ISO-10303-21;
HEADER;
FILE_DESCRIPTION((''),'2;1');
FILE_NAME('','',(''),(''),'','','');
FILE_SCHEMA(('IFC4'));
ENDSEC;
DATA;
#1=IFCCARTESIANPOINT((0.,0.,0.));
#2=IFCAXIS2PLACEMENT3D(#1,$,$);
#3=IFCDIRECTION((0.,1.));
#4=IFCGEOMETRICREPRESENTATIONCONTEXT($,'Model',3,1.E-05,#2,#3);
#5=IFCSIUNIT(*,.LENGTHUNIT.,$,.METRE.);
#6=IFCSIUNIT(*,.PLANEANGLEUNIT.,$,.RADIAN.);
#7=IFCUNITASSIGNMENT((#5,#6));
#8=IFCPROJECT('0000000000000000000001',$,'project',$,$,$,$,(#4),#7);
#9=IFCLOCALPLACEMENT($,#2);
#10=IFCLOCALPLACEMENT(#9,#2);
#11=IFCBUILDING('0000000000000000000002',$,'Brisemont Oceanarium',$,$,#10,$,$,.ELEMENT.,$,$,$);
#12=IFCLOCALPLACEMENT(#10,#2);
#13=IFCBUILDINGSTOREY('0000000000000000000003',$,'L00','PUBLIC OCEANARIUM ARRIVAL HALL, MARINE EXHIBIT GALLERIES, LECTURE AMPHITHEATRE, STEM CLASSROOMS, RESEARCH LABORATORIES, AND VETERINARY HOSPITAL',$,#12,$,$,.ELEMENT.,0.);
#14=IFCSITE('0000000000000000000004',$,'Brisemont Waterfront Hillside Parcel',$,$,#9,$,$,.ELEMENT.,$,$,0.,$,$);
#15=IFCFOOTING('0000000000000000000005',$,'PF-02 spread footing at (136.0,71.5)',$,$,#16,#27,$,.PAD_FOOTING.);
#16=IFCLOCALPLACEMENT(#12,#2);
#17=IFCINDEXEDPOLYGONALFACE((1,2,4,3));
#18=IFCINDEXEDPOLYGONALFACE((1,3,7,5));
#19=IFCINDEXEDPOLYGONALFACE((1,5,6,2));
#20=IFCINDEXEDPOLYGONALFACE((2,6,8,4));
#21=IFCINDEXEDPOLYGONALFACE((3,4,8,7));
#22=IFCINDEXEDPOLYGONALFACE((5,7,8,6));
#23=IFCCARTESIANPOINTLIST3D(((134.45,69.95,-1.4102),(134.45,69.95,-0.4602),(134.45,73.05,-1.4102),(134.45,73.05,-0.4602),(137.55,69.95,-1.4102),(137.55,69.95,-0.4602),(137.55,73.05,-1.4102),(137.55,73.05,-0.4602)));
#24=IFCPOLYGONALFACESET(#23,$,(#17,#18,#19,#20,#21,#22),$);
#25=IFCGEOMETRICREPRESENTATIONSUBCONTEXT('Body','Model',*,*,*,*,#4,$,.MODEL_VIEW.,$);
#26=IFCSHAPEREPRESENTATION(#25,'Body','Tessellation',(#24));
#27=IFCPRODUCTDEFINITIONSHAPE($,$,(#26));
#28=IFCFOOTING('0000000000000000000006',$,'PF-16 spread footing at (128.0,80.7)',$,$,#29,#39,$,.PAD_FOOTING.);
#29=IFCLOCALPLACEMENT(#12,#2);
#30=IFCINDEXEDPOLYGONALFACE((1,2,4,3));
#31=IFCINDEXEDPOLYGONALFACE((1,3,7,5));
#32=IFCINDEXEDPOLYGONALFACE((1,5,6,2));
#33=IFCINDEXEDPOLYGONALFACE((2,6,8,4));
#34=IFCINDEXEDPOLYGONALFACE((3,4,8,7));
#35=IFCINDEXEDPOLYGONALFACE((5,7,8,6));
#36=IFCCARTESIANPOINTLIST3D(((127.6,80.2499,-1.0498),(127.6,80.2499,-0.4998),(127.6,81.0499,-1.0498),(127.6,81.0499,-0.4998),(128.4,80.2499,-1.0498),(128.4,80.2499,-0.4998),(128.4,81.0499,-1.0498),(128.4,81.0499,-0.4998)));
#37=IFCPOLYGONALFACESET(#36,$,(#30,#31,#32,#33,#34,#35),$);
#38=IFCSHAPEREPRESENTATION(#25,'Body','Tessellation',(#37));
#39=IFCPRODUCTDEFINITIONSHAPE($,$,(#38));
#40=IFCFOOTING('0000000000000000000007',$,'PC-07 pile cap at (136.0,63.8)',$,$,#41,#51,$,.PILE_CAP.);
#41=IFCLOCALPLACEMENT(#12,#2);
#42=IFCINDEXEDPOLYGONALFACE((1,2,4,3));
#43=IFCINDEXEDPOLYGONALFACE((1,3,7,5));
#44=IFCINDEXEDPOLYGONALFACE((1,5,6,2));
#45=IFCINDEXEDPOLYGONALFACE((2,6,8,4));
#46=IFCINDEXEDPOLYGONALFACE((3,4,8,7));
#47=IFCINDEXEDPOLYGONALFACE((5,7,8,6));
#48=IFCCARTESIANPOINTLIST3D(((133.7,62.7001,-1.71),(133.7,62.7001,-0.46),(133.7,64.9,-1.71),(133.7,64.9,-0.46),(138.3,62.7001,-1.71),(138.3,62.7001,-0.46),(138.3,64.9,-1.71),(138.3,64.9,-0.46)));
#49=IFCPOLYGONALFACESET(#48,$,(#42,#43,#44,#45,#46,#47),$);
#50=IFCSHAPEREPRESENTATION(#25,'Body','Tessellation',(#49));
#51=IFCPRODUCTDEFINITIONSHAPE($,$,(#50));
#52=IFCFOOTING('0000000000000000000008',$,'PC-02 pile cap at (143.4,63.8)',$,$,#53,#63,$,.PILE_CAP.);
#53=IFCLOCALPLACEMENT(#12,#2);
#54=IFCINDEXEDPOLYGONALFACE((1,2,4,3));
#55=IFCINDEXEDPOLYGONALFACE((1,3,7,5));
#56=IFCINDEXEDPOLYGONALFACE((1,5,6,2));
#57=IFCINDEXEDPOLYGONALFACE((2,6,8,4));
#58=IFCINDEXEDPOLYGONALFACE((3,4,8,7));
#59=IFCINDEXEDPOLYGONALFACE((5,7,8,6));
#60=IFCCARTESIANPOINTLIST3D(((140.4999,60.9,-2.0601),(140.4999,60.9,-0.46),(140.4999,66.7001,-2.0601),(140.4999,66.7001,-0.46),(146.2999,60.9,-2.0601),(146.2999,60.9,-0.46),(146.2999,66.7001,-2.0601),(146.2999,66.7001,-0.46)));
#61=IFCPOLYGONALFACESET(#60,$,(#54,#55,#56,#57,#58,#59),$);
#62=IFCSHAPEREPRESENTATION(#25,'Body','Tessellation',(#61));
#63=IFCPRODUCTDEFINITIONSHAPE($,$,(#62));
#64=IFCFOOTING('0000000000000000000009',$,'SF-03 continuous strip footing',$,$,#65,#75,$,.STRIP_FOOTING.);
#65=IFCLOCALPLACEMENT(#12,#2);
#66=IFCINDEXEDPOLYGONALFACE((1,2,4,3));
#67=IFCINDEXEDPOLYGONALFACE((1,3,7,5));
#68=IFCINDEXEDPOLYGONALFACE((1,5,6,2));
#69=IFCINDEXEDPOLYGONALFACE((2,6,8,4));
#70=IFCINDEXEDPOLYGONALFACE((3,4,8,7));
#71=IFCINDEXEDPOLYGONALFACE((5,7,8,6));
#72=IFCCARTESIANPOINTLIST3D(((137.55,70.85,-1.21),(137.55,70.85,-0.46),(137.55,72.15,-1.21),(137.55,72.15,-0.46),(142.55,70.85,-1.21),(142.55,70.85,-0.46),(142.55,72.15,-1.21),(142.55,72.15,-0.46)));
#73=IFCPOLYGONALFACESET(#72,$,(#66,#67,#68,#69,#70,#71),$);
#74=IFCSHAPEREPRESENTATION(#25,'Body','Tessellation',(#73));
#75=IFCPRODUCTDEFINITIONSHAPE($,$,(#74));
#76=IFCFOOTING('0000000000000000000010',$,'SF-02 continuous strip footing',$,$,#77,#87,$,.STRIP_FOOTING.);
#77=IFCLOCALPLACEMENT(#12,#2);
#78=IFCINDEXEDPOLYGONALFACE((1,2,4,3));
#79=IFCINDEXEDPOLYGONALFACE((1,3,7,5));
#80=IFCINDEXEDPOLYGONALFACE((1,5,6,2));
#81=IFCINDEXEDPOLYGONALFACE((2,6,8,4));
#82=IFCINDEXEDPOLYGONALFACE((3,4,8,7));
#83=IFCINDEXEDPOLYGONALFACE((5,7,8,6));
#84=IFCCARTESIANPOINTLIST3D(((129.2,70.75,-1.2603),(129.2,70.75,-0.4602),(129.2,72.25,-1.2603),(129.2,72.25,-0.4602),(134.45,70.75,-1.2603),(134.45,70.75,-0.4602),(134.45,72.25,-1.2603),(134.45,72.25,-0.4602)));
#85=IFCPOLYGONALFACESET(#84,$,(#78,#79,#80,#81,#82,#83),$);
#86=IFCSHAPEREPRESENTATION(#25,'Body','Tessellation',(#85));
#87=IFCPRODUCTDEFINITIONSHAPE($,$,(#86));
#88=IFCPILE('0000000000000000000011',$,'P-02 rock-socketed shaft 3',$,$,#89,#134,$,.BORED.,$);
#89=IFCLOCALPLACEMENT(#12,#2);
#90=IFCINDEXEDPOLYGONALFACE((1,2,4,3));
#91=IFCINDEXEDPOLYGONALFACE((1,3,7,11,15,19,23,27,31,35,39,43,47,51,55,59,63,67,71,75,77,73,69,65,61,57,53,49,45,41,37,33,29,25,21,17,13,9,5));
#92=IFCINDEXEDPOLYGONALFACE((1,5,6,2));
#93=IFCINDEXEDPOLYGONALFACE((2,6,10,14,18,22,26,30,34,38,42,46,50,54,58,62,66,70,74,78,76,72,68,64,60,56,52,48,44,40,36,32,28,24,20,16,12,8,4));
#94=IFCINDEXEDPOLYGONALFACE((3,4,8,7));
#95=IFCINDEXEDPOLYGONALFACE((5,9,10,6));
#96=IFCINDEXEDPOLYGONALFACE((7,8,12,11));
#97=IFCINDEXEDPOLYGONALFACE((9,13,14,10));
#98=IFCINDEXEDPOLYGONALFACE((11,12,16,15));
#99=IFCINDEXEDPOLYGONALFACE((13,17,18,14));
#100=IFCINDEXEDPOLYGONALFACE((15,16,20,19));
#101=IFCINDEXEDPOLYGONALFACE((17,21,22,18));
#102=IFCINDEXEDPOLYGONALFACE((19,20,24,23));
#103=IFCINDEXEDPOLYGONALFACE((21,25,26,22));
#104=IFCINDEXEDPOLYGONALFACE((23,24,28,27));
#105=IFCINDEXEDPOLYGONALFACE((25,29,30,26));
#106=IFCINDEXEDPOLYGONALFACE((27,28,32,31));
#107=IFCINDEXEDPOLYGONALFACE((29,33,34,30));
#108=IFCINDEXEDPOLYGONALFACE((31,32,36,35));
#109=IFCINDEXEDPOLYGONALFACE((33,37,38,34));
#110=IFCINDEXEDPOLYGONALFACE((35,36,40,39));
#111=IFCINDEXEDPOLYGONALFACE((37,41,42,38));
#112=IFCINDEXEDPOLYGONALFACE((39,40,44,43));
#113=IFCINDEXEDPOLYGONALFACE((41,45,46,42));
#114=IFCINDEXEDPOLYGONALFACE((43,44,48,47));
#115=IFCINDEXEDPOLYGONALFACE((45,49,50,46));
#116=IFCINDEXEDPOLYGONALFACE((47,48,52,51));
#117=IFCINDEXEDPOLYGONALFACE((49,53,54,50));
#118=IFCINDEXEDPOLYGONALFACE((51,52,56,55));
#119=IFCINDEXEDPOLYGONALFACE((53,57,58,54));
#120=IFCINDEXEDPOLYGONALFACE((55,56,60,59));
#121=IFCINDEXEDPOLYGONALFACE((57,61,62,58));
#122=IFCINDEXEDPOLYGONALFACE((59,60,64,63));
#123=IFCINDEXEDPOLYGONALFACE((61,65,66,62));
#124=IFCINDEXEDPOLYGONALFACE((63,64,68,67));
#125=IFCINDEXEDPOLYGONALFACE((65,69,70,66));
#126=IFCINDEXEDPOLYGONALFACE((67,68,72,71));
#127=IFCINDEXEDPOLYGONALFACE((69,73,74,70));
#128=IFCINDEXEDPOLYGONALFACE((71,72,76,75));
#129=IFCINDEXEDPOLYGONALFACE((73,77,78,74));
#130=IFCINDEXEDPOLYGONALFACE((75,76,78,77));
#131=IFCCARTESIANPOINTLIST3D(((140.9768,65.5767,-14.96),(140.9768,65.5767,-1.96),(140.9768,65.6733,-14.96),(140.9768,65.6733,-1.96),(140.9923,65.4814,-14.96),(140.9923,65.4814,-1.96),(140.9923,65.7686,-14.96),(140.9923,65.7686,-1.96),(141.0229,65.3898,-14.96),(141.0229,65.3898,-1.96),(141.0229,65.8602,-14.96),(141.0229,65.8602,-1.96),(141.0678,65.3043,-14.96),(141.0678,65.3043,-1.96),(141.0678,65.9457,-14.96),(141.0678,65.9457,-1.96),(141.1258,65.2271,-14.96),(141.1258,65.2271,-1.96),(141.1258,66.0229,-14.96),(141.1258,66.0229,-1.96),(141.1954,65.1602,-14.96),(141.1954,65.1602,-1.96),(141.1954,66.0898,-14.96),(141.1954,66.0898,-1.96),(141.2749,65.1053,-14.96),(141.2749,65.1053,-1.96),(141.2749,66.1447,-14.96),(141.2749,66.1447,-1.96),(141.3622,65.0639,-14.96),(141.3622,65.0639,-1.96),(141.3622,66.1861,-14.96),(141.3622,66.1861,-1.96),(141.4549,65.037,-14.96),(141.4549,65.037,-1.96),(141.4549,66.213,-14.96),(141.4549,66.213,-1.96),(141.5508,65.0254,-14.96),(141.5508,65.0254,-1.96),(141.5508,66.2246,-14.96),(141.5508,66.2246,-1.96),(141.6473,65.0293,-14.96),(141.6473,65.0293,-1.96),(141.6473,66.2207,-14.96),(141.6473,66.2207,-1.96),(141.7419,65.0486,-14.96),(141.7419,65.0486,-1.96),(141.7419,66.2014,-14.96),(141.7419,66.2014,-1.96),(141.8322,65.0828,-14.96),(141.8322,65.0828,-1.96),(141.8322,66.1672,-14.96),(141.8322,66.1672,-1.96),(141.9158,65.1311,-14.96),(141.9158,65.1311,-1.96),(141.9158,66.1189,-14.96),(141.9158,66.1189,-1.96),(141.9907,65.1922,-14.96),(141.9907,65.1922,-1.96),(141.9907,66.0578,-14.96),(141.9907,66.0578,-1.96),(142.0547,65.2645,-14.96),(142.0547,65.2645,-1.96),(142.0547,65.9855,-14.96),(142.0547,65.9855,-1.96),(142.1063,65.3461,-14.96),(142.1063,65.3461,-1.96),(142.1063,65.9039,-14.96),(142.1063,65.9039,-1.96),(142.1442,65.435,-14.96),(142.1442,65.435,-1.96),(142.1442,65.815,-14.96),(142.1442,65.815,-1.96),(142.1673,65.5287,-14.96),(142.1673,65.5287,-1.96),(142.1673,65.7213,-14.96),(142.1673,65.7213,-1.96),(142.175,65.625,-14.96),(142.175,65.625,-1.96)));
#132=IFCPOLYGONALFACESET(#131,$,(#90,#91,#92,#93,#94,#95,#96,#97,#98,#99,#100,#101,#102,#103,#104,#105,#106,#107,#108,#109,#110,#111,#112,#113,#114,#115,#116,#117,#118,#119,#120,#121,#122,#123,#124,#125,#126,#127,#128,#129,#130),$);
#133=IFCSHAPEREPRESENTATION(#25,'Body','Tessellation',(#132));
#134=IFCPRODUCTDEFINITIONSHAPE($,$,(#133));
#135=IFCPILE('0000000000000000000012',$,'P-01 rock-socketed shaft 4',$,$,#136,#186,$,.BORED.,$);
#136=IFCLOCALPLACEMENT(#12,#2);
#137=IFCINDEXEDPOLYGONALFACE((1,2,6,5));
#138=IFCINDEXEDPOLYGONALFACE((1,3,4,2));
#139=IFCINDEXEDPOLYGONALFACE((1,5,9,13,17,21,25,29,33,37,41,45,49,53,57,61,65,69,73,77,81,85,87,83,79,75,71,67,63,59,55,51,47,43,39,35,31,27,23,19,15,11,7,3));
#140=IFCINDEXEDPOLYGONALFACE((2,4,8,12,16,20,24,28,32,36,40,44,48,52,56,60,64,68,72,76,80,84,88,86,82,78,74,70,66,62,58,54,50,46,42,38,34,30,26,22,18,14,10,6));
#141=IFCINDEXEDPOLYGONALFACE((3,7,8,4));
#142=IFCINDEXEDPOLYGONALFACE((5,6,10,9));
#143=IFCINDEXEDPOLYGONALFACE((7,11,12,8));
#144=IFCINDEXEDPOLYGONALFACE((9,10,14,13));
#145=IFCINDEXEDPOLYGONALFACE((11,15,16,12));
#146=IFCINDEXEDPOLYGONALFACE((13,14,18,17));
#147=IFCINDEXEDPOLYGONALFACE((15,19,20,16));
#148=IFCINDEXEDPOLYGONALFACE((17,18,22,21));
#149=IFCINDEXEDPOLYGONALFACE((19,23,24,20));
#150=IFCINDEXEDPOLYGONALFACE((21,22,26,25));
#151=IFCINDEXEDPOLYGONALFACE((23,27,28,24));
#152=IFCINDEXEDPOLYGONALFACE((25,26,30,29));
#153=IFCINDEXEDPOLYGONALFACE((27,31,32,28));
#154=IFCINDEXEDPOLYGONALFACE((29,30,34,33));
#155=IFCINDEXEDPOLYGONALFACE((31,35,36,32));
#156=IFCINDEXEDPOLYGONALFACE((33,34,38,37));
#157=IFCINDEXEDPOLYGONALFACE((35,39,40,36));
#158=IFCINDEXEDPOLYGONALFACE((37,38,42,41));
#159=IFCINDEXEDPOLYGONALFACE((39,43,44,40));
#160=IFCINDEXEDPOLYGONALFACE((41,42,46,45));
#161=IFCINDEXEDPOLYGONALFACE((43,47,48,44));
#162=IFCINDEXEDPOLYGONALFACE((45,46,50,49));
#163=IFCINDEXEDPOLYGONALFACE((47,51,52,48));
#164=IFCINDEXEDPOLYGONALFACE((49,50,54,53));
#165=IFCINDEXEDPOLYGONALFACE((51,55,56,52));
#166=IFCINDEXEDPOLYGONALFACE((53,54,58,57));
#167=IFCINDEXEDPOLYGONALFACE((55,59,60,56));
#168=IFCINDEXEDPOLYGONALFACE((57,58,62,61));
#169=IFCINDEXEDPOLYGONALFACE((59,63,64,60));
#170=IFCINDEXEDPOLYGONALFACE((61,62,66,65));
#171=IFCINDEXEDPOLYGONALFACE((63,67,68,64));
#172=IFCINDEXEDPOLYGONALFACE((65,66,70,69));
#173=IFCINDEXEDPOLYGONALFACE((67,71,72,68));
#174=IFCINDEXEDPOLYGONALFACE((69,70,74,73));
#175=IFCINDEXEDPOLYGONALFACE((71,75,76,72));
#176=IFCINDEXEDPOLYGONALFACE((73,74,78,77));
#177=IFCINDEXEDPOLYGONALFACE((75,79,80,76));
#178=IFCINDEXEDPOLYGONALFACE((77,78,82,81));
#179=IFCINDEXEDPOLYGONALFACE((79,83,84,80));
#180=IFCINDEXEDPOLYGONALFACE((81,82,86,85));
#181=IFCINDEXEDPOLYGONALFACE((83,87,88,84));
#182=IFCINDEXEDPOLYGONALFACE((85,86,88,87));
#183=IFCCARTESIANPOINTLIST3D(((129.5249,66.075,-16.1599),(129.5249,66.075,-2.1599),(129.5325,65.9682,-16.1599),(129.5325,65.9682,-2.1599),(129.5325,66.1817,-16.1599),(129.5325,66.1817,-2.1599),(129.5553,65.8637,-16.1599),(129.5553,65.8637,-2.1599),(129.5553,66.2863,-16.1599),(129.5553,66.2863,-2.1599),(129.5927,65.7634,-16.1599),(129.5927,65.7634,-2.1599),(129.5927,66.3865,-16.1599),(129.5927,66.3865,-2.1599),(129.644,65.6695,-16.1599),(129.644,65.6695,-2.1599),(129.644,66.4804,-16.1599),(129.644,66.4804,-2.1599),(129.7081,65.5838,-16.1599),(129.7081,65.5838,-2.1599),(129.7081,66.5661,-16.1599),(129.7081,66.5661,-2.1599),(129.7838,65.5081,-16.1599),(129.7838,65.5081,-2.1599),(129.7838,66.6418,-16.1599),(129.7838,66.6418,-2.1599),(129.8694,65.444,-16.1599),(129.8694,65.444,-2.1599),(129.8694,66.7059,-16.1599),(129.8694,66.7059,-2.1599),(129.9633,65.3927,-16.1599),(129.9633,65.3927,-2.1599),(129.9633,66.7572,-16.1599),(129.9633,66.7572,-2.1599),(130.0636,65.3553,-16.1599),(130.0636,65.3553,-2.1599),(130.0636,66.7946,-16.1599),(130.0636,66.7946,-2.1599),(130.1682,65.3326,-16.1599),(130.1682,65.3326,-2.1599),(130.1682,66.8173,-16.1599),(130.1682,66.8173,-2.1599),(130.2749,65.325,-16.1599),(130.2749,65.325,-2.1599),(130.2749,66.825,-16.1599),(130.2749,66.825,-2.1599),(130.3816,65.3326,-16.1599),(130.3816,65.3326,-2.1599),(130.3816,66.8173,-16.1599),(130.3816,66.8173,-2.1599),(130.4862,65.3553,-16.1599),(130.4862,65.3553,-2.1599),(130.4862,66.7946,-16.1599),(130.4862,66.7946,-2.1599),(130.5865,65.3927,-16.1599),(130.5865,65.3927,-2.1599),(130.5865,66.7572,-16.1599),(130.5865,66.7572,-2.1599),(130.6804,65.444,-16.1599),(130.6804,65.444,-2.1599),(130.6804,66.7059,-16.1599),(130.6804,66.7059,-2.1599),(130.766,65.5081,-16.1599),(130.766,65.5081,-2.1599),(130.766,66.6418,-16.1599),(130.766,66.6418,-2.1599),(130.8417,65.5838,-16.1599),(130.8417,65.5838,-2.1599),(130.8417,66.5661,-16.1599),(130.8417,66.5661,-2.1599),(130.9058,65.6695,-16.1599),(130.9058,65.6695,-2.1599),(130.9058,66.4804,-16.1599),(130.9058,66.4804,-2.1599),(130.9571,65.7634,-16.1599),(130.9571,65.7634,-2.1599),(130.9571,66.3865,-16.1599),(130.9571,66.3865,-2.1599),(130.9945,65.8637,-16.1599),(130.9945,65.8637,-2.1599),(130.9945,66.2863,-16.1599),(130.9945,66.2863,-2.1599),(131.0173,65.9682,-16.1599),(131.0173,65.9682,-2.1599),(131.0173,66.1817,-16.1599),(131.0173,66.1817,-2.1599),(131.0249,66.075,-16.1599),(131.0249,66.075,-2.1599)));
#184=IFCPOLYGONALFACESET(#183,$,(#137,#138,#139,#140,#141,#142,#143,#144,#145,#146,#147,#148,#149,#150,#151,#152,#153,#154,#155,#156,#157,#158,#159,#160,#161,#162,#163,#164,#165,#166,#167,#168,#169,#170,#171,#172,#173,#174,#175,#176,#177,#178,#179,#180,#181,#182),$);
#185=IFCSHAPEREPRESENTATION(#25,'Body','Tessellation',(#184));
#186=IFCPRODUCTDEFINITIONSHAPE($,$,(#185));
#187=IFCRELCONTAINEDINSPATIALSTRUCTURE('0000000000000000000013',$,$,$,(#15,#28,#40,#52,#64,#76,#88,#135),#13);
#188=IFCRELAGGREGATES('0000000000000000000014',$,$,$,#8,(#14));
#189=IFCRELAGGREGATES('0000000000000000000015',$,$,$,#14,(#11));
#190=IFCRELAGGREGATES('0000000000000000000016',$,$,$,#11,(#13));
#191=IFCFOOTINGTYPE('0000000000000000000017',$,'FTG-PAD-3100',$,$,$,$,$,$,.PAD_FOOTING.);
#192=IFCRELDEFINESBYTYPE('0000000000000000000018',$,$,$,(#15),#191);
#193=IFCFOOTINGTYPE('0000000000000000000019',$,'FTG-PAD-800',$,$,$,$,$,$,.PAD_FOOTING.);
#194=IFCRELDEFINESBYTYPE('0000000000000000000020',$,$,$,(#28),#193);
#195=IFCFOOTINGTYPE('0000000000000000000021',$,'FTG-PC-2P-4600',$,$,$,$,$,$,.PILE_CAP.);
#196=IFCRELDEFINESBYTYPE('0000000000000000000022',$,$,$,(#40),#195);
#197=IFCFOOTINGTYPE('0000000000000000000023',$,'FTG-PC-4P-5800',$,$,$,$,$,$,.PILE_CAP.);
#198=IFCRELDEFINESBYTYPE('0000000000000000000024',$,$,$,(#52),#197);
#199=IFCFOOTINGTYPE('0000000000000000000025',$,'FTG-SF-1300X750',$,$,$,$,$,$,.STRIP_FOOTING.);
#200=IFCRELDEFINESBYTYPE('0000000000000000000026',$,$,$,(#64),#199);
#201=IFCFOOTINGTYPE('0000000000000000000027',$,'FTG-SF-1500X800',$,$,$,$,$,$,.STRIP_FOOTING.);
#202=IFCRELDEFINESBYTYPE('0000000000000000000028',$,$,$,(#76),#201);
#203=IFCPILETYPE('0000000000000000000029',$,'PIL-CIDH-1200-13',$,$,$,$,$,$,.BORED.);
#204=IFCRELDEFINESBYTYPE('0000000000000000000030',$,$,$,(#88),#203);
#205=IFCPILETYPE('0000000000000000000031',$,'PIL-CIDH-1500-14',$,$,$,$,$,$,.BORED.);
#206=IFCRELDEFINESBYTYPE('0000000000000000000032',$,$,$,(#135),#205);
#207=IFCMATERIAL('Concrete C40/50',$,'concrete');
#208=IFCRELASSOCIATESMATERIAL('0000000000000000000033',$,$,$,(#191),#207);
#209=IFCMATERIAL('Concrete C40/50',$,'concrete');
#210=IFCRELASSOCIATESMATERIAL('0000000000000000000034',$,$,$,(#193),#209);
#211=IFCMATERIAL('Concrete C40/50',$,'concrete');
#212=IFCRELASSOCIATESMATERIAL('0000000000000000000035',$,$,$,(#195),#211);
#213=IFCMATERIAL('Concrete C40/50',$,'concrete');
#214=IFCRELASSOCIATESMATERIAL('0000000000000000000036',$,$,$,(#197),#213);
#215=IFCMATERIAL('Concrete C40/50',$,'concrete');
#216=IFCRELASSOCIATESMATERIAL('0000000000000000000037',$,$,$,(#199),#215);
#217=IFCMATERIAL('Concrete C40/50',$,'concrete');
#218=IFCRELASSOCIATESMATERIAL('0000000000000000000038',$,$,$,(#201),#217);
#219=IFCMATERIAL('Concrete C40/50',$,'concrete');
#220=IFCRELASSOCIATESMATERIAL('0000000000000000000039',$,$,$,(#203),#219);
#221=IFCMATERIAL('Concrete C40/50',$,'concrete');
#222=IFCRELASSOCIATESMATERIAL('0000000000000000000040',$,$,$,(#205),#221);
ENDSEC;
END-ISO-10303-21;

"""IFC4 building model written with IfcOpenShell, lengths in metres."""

from ifc_helpers import new_model, si_unit, direction, frame, origin, origin_2d, place, context, subcontext, project, spatial, rectangle, circle, extrude, material, material_profile, profile_set, type_object, element, save


model = new_model("IFC4")

# Units and contexts
model_context = context("Model", 3, precision=1e-05, world=origin(), true_north=direction((0.0, 1.0)))
body_context = subcontext(model_context, "Body", "Model", "MODEL_VIEW")
ifc_project = project(units=[si_unit("LENGTHUNIT", "METRE"), si_unit("PLANEANGLEUNIT", "RADIAN")], contexts=[model_context])

# Site, building, storey
site_placement = place(None, origin())
site = spatial("IfcSite", under=ifc_project, at=site_placement, Name="Brisemont Waterfront Hillside Parcel", CompositionType="ELEMENT", RefElevation=0.0)
building_placement = place(site_placement, origin())
building = spatial("IfcBuilding", under=site, at=building_placement, Name="Brisemont Oceanarium", CompositionType="ELEMENT")
storey_placement = place(building_placement, origin())
storey = spatial("IfcBuildingStorey", under=building, at=storey_placement, Name="L00", Description="PUBLIC OCEANARIUM ARRIVAL HALL, MARINE EXHIBIT GALLERIES, LECTURE AMPHITHEATRE, STEM CLASSROOMS, RESEARCH LABORATORIES, AND VETERINARY HOSPITAL", CompositionType="ELEMENT", Elevation=0.0)

# Footings
ifc_material_1 = material(Name="Concrete C40/50", Category="concrete")
footing_type_1 = type_object("IfcFootingType", Name="FTG-PAD-3100", PredefinedType="PAD_FOOTING", material=ifc_material_1)
footing_1_placement = place(storey_placement, frame((136.0, 71.5, -1.4102), z_axis=(0.0, 0.0, 1.0), x_axis=(1.0, 0.0, 0.0)))
element("IfcFooting", 1, at=footing_1_placement, inside=storey, type_object=footing_type_1, Name="PF-02 spread footing at (136.0,71.5)", PredefinedType="PAD_FOOTING", context=body_context, shape_type="SweptSolid", body=[
    extrude(rectangle(XDim=3.1001, YDim=3.1001, at=origin_2d()), origin(), (0.0, 0.0, 1.0), 0.95),
])
ifc_material_2 = material(Name="Concrete C40/50", Category="concrete")
footing_type_2 = type_object("IfcFootingType", Name="FTG-PAD-800", PredefinedType="PAD_FOOTING", material=ifc_material_2)
footing_2_placement = place(storey_placement, frame((128.0, 80.6499, -1.0498), z_axis=(0.0, 0.0, 1.0), x_axis=(1.0, 0.0, 0.0)))
element("IfcFooting", 2, at=footing_2_placement, inside=storey, type_object=footing_type_2, Name="PF-16 spread footing at (128.0,80.7)", PredefinedType="PAD_FOOTING", context=body_context, shape_type="SweptSolid", body=[
    extrude(rectangle(XDim=0.8, YDim=0.8, at=origin_2d()), origin(), (0.0, 0.0, 1.0), 0.55),
])
ifc_material_3 = material(Name="Concrete C40/50", Category="concrete")
footing_type_3 = type_object("IfcFootingType", Name="FTG-PC-2P-4600", PredefinedType="PILE_CAP", material=ifc_material_3)
footing_3_placement = place(storey_placement, frame((136.0, 63.8, -1.71), z_axis=(0.0, 0.0, 1.0), x_axis=(1.0, 0.0, 0.0)))
element("IfcFooting", 3, at=footing_3_placement, inside=storey, type_object=footing_type_3, Name="PC-07 pile cap at (136.0,63.8)", PredefinedType="PILE_CAP", context=body_context, shape_type="SweptSolid", body=[
    extrude(rectangle(XDim=4.6001, YDim=2.2, at=origin_2d()), origin(), (0.0, 0.0, 1.0), 1.25),
])
ifc_material_4 = material(Name="Concrete C40/50", Category="concrete")
footing_type_4 = type_object("IfcFootingType", Name="FTG-PC-4P-5800", PredefinedType="PILE_CAP", material=ifc_material_4)
footing_4_placement = place(storey_placement, frame((143.3999, 63.8, -2.0601), z_axis=(0.0, 0.0, 1.0), x_axis=(1.0, 0.0, 0.0)))
element("IfcFooting", 4, at=footing_4_placement, inside=storey, type_object=footing_type_4, Name="PC-02 pile cap at (143.4,63.8)", PredefinedType="PILE_CAP", context=body_context, shape_type="SweptSolid", body=[
    extrude(rectangle(XDim=5.8, YDim=5.8, at=origin_2d()), origin(), (0.0, 0.0, 1.0), 1.6001),
])
ifc_material_5 = material(Name="Concrete C40/50", Category="concrete")
footing_type_5 = type_object("IfcFootingType", Name="FTG-SF-1300X750", PredefinedType="STRIP_FOOTING", material=ifc_material_5)
footing_5_placement = place(storey_placement, frame((140.05, 71.5, -1.21), z_axis=(0.0, 0.0, 1.0), x_axis=(1.0, 0.0, 0.0)))
element("IfcFooting", 5, at=footing_5_placement, inside=storey, type_object=footing_type_5, Name="SF-03 continuous strip footing", PredefinedType="STRIP_FOOTING", context=body_context, shape_type="SweptSolid", body=[
    extrude(rectangle(XDim=5.0, YDim=1.3, at=origin_2d()), origin(), (0.0, 0.0, 1.0), 0.75),
])
ifc_material_6 = material(Name="Concrete C40/50", Category="concrete")
footing_type_6 = type_object("IfcFootingType", Name="FTG-SF-1500X800", PredefinedType="STRIP_FOOTING", material=ifc_material_6)
footing_6_placement = place(storey_placement, frame((131.825, 71.5, -1.2603), z_axis=(0.0, 0.0, 1.0), x_axis=(1.0, 0.0, 0.0)))
element("IfcFooting", 6, at=footing_6_placement, inside=storey, type_object=footing_type_6, Name="SF-02 continuous strip footing", PredefinedType="STRIP_FOOTING", context=body_context, shape_type="SweptSolid", body=[
    extrude(rectangle(XDim=5.25, YDim=1.5, at=origin_2d()), origin(), (0.0, 0.0, 1.0), 0.8),
])

# Piles
ifc_material_7 = material(Name="Concrete C40/50", Category="concrete")
ifc_material_profile_1 = material_profile(ifc_material_7, circle(Radius=0.6001, at=origin_2d()), Name="CIDH-D1200")
ifc_profile_set_1 = profile_set([ifc_material_profile_1], Name="Concrete C40/50")
pile_type_1 = type_object("IfcPileType", Name="PIL-CIDH-1200-13", PredefinedType="BORED", material=ifc_profile_set_1)
pile_1_placement = place(storey_placement, frame((141.575, 65.625, -1.96), z_axis=(0.0, 0.0, -1.0), x_axis=(1.0, 0.0, 0.0)))
element("IfcPile", 7, at=pile_1_placement, inside=storey, type_object=pile_type_1, Name="P-02 rock-socketed shaft 3", PredefinedType="BORED", context=body_context, shape_type="SweptSolid", body=[
    extrude(circle(Radius=0.6001, at=origin_2d()), origin(), (0.0, 0.0, 1.0), 13.0),
])
ifc_material_8 = material(Name="Concrete C40/50", Category="concrete")
ifc_material_profile_2 = material_profile(ifc_material_8, circle(Radius=0.75, at=origin_2d()), Name="CIDH-D1500")
ifc_profile_set_2 = profile_set([ifc_material_profile_2], Name="Concrete C40/50")
pile_type_2 = type_object("IfcPileType", Name="PIL-CIDH-1500-14", PredefinedType="BORED", material=ifc_profile_set_2)
pile_2_placement = place(storey_placement, frame((130.2749, 66.075, -2.1599), z_axis=(0.0, 0.0, -1.0), x_axis=(1.0, 0.0, 0.0)))
element("IfcPile", 8, at=pile_2_placement, inside=storey, type_object=pile_type_2, Name="P-01 rock-socketed shaft 4", PredefinedType="BORED", context=body_context, shape_type="SweptSolid", body=[
    extrude(circle(Radius=0.75, at=origin_2d()), origin(), (0.0, 0.0, 1.0), 14.0),
])

save(model, "model.ifc")
